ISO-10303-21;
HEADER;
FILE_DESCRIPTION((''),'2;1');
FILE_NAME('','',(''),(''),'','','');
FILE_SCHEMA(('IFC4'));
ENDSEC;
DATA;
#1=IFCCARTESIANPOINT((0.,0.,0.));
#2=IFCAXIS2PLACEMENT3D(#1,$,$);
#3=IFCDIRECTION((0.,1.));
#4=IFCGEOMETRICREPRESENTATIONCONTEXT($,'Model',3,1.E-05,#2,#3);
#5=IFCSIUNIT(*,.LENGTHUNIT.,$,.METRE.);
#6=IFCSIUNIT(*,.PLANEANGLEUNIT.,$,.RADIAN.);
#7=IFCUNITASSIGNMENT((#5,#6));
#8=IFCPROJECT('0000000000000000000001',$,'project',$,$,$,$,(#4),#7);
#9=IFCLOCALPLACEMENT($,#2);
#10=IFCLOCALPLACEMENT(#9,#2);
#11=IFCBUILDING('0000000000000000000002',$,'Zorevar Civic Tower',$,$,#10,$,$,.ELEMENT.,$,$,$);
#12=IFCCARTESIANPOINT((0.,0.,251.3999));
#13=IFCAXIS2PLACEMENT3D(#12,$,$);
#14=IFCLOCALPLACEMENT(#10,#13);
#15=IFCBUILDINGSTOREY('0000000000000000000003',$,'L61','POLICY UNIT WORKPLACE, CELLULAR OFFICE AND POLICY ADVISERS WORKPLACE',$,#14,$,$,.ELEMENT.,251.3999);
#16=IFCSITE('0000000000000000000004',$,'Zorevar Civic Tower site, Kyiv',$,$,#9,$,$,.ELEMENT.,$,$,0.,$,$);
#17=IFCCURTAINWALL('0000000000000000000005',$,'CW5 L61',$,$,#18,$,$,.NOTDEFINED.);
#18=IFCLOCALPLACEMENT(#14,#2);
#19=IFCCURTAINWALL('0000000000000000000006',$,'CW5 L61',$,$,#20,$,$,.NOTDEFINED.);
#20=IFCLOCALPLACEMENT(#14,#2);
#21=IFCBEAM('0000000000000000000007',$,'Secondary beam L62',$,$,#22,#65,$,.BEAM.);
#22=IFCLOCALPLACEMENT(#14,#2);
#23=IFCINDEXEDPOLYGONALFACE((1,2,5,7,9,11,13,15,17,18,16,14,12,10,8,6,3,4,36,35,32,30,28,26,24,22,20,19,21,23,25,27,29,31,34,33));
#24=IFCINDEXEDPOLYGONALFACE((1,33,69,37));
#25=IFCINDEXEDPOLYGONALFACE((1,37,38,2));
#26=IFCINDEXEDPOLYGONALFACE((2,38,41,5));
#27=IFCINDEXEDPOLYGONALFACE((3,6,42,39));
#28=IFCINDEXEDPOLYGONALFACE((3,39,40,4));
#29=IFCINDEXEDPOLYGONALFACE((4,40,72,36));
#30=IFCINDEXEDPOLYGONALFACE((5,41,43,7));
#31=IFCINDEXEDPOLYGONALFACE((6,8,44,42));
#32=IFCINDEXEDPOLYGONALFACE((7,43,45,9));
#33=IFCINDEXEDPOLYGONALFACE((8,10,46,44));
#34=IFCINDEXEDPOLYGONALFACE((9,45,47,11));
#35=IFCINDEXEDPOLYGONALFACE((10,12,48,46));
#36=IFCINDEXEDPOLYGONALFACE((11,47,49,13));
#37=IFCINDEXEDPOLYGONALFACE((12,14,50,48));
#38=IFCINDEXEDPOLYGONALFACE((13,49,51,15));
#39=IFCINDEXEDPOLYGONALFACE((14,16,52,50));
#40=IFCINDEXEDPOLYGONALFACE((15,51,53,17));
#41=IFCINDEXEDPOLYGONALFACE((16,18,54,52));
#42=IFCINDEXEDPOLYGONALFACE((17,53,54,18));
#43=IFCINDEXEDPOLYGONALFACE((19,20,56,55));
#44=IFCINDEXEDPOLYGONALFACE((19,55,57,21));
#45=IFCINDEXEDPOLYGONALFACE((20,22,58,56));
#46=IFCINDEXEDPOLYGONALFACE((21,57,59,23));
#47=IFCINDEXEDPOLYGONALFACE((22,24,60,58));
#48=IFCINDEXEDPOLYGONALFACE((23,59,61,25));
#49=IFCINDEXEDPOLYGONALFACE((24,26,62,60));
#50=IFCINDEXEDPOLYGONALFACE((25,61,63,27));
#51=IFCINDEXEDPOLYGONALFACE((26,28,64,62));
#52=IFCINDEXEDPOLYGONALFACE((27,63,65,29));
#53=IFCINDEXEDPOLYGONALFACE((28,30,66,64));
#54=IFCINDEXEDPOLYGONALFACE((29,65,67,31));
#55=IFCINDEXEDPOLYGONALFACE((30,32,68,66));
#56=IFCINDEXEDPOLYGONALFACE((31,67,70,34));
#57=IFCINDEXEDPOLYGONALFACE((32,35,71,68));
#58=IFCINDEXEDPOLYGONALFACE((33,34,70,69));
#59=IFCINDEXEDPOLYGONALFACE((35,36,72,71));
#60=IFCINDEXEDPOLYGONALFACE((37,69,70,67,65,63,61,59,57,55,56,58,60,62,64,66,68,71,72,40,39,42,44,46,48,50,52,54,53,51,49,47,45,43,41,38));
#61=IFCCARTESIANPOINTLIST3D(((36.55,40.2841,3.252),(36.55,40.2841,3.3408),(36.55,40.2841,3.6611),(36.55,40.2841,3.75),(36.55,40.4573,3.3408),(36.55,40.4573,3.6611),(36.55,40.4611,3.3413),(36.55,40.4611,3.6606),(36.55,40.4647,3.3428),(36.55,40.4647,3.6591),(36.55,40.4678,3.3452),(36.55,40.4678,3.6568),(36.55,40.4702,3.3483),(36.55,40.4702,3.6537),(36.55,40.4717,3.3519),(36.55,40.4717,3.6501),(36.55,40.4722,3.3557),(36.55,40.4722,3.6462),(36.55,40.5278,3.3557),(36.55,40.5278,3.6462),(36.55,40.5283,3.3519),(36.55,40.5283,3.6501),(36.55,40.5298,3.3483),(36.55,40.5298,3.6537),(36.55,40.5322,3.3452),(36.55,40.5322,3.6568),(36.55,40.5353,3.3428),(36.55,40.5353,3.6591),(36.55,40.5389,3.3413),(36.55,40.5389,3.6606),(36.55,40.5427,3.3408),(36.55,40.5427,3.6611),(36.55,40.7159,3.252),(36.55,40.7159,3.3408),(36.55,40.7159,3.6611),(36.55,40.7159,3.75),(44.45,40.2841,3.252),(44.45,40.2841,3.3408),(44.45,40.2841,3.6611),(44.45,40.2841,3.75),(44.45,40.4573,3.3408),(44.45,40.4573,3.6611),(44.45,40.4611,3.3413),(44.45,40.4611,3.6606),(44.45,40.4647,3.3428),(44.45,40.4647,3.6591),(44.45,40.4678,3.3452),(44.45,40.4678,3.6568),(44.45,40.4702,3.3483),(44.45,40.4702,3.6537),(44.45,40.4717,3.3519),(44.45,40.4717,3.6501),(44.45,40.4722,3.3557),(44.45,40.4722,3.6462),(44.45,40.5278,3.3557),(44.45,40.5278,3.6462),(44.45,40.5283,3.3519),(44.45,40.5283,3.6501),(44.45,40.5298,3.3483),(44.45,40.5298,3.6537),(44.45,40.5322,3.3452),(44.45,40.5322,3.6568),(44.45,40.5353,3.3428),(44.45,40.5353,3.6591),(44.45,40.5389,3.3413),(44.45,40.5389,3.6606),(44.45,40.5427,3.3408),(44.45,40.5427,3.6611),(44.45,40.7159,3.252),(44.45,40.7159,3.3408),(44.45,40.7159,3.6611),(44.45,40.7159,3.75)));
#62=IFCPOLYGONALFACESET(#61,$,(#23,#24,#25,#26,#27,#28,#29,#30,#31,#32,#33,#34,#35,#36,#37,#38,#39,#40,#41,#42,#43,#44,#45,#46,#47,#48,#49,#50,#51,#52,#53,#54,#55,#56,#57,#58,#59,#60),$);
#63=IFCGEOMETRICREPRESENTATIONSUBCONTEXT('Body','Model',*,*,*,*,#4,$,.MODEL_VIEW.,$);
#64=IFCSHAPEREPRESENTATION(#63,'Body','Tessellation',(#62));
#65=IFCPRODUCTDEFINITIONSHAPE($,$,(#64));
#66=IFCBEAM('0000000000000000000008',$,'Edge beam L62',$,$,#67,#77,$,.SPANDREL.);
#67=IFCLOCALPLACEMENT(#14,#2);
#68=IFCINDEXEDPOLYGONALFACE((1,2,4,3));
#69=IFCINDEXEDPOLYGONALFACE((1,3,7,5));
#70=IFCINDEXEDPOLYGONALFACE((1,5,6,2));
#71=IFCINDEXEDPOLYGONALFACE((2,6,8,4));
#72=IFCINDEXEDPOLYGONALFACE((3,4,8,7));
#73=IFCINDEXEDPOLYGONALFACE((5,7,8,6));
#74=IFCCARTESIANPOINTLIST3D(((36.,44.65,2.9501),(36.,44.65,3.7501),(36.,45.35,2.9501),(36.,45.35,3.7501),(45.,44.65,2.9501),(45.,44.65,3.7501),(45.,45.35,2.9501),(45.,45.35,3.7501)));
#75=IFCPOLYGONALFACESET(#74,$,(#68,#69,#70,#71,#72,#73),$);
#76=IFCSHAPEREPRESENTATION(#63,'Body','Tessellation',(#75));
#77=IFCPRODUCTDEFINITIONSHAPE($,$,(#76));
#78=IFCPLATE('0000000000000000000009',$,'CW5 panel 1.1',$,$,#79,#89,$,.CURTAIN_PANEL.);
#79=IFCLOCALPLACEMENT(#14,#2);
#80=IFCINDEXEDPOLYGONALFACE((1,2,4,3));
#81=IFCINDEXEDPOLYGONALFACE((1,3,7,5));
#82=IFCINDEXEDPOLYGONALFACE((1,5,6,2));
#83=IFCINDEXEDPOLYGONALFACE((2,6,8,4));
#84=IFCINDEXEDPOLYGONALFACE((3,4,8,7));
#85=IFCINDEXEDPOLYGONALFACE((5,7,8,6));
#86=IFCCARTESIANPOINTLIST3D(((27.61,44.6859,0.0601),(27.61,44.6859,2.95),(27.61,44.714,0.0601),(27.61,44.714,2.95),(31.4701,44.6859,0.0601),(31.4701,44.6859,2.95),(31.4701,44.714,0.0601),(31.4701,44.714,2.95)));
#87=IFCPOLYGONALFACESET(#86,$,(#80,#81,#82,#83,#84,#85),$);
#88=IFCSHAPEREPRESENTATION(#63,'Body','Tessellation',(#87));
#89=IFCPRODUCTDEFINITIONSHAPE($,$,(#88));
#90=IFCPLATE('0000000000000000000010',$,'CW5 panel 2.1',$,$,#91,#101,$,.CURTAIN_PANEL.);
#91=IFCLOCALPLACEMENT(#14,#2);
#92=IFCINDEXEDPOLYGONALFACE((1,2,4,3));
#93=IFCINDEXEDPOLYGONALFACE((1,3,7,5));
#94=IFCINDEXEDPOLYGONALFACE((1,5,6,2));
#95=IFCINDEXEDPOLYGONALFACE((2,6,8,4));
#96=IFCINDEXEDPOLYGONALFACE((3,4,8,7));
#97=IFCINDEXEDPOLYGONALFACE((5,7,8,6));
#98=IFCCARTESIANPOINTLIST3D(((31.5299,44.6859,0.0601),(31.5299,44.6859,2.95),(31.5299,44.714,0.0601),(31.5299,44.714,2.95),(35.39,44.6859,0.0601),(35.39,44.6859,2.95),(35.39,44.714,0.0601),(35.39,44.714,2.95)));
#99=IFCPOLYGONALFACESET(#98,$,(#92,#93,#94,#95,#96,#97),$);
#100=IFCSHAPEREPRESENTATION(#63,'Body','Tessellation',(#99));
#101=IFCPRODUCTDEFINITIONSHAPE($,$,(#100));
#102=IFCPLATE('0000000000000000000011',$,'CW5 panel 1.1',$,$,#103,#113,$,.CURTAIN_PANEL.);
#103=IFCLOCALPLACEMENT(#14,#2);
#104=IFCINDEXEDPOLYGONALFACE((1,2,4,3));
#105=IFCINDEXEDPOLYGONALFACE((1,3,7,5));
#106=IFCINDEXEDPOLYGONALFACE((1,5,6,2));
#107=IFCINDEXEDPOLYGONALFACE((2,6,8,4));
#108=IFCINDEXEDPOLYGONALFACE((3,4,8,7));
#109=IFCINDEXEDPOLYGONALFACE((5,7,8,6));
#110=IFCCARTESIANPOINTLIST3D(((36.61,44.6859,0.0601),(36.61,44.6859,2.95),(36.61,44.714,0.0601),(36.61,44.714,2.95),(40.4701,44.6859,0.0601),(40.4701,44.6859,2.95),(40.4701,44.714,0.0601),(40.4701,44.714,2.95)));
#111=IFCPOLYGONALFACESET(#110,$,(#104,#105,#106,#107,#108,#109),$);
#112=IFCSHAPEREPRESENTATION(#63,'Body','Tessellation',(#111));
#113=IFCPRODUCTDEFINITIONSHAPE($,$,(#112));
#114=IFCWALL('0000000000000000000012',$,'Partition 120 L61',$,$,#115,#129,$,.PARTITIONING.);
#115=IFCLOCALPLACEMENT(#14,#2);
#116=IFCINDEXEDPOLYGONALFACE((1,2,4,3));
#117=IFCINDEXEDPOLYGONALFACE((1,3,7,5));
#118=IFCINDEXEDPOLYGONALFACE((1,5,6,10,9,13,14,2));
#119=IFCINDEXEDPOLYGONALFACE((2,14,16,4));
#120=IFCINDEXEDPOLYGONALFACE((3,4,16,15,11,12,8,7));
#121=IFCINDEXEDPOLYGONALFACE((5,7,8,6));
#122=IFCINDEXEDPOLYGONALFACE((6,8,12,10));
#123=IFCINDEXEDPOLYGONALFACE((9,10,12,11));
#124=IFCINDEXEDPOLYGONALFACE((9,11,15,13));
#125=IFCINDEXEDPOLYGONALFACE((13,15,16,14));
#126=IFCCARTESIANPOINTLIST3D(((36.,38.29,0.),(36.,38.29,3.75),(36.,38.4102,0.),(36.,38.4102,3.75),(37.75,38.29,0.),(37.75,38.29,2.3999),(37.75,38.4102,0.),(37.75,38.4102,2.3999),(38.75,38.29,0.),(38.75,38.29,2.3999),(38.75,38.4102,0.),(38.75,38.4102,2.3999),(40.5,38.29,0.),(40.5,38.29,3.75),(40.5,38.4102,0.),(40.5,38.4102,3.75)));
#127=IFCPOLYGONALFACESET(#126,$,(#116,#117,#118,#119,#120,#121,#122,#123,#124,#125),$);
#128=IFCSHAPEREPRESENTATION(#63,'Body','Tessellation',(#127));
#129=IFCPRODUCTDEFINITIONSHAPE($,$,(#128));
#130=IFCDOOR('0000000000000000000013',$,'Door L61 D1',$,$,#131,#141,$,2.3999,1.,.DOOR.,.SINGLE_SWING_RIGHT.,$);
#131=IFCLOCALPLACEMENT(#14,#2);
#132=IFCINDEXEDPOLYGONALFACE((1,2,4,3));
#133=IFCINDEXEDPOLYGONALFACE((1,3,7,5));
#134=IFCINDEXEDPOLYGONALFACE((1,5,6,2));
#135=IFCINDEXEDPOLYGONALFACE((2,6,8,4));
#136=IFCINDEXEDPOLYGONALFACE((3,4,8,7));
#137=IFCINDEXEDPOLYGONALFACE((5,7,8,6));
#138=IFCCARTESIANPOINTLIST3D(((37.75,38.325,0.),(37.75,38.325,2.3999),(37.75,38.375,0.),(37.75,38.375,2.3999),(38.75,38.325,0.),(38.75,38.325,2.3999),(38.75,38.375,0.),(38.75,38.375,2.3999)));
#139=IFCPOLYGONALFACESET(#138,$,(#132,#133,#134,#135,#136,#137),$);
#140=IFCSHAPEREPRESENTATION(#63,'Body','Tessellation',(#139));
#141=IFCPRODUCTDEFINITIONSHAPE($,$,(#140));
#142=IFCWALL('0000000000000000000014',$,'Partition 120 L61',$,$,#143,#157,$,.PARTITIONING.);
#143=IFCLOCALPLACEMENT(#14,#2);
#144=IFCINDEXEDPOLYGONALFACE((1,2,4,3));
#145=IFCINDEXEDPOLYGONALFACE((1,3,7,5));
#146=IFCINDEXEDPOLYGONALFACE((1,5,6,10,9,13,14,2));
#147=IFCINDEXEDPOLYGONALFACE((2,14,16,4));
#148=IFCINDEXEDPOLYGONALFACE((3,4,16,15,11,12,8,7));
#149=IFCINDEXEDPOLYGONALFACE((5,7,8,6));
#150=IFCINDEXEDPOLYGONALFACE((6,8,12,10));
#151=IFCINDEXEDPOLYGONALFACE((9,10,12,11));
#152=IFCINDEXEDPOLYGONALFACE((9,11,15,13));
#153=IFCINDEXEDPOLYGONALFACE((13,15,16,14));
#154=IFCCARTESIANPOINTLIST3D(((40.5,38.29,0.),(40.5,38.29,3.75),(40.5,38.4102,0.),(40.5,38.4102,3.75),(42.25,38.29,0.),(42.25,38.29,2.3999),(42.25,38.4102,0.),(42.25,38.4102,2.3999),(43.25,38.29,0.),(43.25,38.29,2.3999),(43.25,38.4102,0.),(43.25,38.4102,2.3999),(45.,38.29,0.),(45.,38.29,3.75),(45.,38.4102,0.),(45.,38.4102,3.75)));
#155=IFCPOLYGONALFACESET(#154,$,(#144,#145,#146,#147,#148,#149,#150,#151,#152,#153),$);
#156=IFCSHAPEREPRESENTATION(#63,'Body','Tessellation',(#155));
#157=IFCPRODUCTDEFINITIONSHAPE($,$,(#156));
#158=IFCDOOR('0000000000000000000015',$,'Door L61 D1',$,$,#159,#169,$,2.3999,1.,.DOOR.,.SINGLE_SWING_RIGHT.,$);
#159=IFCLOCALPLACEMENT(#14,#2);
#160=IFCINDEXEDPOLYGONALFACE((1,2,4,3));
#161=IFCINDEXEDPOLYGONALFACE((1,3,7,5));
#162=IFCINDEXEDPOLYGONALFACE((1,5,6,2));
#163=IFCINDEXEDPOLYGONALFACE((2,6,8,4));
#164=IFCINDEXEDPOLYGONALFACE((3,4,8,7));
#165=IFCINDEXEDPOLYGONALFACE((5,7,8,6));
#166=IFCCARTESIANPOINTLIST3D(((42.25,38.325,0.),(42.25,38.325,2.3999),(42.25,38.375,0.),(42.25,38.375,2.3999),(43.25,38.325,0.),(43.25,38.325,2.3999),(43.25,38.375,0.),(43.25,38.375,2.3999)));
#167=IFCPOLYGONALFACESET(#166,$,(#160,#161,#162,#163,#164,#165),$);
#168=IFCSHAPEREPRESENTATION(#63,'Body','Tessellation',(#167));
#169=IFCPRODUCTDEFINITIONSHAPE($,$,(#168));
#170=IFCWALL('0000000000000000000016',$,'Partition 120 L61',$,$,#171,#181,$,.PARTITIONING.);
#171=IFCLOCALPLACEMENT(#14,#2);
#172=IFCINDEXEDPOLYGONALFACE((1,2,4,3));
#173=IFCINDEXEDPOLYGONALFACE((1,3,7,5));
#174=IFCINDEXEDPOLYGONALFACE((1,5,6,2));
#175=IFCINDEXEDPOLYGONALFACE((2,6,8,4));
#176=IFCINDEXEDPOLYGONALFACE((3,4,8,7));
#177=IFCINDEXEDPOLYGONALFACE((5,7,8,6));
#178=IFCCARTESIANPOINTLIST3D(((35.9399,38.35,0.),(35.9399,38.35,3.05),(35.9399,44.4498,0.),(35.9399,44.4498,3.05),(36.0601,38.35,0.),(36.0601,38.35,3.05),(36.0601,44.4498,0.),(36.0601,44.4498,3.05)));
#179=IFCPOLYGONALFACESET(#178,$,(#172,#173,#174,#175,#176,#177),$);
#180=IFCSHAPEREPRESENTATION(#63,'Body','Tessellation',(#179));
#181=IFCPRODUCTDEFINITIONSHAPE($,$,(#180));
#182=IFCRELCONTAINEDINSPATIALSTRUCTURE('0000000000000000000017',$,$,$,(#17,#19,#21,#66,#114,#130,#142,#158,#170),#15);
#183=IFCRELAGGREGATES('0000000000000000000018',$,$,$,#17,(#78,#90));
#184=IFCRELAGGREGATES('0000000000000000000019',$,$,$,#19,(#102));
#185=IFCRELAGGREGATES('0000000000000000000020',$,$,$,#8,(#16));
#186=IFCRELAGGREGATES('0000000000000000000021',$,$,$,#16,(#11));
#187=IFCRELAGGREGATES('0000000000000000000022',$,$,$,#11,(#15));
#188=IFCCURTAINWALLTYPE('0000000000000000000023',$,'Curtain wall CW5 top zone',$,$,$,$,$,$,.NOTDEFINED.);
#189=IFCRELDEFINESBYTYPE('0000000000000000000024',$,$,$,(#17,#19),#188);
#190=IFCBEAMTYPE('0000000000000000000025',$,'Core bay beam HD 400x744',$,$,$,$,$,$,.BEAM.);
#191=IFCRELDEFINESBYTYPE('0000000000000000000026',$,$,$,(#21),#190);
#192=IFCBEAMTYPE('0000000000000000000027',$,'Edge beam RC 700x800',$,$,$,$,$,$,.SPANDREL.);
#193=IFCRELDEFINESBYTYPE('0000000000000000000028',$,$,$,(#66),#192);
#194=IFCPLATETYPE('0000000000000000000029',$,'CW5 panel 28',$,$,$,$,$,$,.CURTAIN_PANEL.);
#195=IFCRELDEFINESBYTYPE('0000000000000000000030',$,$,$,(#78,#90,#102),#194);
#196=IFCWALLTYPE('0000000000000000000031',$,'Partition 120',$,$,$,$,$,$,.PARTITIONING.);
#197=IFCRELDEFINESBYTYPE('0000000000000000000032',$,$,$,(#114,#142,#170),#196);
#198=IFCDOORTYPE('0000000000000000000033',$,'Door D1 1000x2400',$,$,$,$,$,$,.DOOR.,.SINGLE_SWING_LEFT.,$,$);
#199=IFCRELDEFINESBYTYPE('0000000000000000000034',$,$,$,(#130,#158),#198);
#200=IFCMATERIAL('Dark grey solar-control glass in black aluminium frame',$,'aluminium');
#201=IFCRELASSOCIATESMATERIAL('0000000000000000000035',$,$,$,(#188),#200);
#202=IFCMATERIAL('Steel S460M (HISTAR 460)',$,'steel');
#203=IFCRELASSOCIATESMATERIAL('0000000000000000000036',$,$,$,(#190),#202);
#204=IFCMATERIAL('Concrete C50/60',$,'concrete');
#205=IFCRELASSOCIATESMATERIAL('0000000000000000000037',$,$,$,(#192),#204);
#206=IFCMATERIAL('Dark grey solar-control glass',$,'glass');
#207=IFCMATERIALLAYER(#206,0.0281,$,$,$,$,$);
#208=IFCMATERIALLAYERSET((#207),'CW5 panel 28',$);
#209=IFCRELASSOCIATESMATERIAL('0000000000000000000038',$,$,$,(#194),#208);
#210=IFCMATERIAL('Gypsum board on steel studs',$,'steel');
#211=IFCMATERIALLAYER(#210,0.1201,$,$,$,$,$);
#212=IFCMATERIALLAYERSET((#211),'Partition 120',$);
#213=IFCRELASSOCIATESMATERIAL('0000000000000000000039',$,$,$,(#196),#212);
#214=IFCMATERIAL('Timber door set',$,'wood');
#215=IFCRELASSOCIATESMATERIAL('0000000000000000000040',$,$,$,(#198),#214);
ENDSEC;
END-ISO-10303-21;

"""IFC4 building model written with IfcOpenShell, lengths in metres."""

from ifc_helpers import new_model, si_unit, direction, frame, frame_2d, origin, origin_2d, place, context, subcontext, project, spatial, rectangle, i_section, extrude, material, layer, layer_set, material_profile, profile_set, type_object, element, fill, aggregate, save


model = new_model("IFC4")

# Units and contexts
model_context = context("Model", 3, precision=1e-05, world=origin(), true_north=direction((0.0, 1.0)))
body_context = subcontext(model_context, "Body", "Model", "MODEL_VIEW")
ifc_project = project(units=[si_unit("LENGTHUNIT", "METRE"), si_unit("PLANEANGLEUNIT", "RADIAN")], contexts=[model_context])

# Site, building, storey
site_placement = place(None, origin())
site = spatial("IfcSite", under=ifc_project, at=site_placement, Name="Zorevar Civic Tower site, Kyiv", CompositionType="ELEMENT", RefElevation=0.0)
building_placement = place(site_placement, origin())
building = spatial("IfcBuilding", under=site, at=building_placement, Name="Zorevar Civic Tower", CompositionType="ELEMENT")
storey_placement = place(building_placement, frame((0.0, 0.0, 251.3999)))
storey = spatial("IfcBuildingStorey", under=building, at=storey_placement, Name="L61", Description="POLICY UNIT WORKPLACE, CELLULAR OFFICE AND POLICY ADVISERS WORKPLACE", CompositionType="ELEMENT", Elevation=251.3999)

# Curtain walls
ifc_material_1 = material(Name="Dark grey solar-control glass in black aluminium frame", Category="aluminium")
curtain_wall_type = type_object("IfcCurtainWallType", Name="Curtain wall CW5 top zone", PredefinedType="NOTDEFINED", material=ifc_material_1)
curtain_wall_1_placement = place(storey_placement, origin())
curtain_wall_1 = element("IfcCurtainWall", 1, at=curtain_wall_1_placement, inside=storey, type_object=curtain_wall_type, Name="CW5 L61", PredefinedType="NOTDEFINED")
curtain_wall_2_placement = place(storey_placement, origin())
curtain_wall_2 = element("IfcCurtainWall", 2, at=curtain_wall_2_placement, inside=storey, type_object=curtain_wall_type, Name="CW5 L61", PredefinedType="NOTDEFINED")

# Beams
ifc_material_2 = material(Name="Steel S460M (HISTAR 460)", Category="steel")
ifc_material_profile_1 = material_profile(ifc_material_2, i_section(OverallWidth=0.4319, OverallDepth=0.498, WebThickness=0.0557, FlangeThickness=0.0889, FilletRadius=0.0149, at=origin_2d()), Name="HD 400x744")
ifc_profile_set_1 = profile_set([ifc_material_profile_1], Name="Steel S460M (HISTAR 460)")
beam_type_1 = type_object("IfcBeamType", Name="Core bay beam HD 400x744", PredefinedType="BEAM", material=ifc_profile_set_1)
for number, where, z_axis, x_axis, name in (
    (3, (36.55, 40.5, 3.501), (1.0, 0.0, 0.0), (0.0, 1.0, 0.0), "Secondary beam L62"),
):
    element("IfcBeam", number, at=place(storey_placement, frame(where, z_axis=z_axis, x_axis=x_axis)), inside=storey, type_object=beam_type_1, Name=name, PredefinedType="BEAM", context=body_context, shape_type="SweptSolid", body=[
        extrude(i_section(OverallWidth=0.4319, OverallDepth=0.498, WebThickness=0.0557, FlangeThickness=0.0889, FilletRadius=0.0149, at=origin_2d()), origin(), (0.0, 0.0, 1.0), 7.8999),
    ])
ifc_material_3 = material(Name="Concrete C50/60", Category="concrete")
ifc_material_profile_2 = material_profile(ifc_material_3, rectangle(XDim=0.7, YDim=0.8, at=origin_2d()), Name="RC 700x800")
ifc_profile_set_2 = profile_set([ifc_material_profile_2], Name="Concrete C50/60")
beam_type_2 = type_object("IfcBeamType", Name="Edge beam RC 700x800", PredefinedType="SPANDREL", material=ifc_profile_set_2)
beam_placement = place(storey_placement, frame((36.0, 45.0, 3.3501), z_axis=(1.0, 0.0, 0.0), x_axis=(0.0, 1.0, 0.0)))
element("IfcBeam", 4, at=beam_placement, inside=storey, type_object=beam_type_2, Name="Edge beam L62", PredefinedType="SPANDREL", context=body_context, shape_type="SweptSolid", body=[
    extrude(rectangle(XDim=0.7, YDim=0.8, at=origin_2d()), origin(), (0.0, 0.0, 1.0), 9.0),
])

# Plates
ifc_material_4 = material(Name="Dark grey solar-control glass", Category="glass")
ifc_layer_1 = layer(ifc_material_4, 0.0281)
ifc_layer_set_1 = layer_set([ifc_layer_1], Name="CW5 panel 28")
plate_type = type_object("IfcPlateType", Name="CW5 panel 28", PredefinedType="CURTAIN_PANEL", material=ifc_layer_set_1)
plate_1_placement = place(storey_placement, frame((29.54, 44.7, 0.0601), z_axis=(0.0, 0.0, 1.0), x_axis=(1.0, 0.0, 0.0)))
plate_1 = element("IfcPlate", 5, at=plate_1_placement, type_object=plate_type, Name="CW5 panel 1.1", PredefinedType="CURTAIN_PANEL", context=body_context, shape_type="SweptSolid", body=[
    extrude(rectangle(XDim=3.8601, YDim=0.0281, at=origin_2d()), origin(), (0.0, 0.0, 1.0), 2.8899),
])
plate_2_placement = place(storey_placement, frame((33.46, 44.7, 0.0601), z_axis=(0.0, 0.0, 1.0), x_axis=(1.0, 0.0, 0.0)))
plate_2 = element("IfcPlate", 6, at=plate_2_placement, type_object=plate_type, Name="CW5 panel 2.1", PredefinedType="CURTAIN_PANEL", context=body_context, shape_type="SweptSolid", body=[
    extrude(rectangle(XDim=3.8601, YDim=0.0281, at=origin_2d()), origin(), (0.0, 0.0, 1.0), 2.8899),
])
aggregate(curtain_wall_1, [plate_1, plate_2])
plate_3_placement = place(storey_placement, frame((38.54, 44.7, 0.0601), z_axis=(0.0, 0.0, 1.0), x_axis=(1.0, 0.0, 0.0)))
plate_3 = element("IfcPlate", 7, at=plate_3_placement, type_object=plate_type, Name="CW5 panel 1.1", PredefinedType="CURTAIN_PANEL", context=body_context, shape_type="SweptSolid", body=[
    extrude(rectangle(XDim=3.8601, YDim=0.0281, at=origin_2d()), origin(), (0.0, 0.0, 1.0), 2.8899),
])
aggregate(curtain_wall_2, [plate_3])

# Walls, openings, doors
ifc_material_5 = material(Name="Gypsum board on steel studs", Category="steel")
ifc_layer_2 = layer(ifc_material_5, 0.1201)
ifc_layer_set_2 = layer_set([ifc_layer_2], Name="Partition 120")
wall_type = type_object("IfcWallType", Name="Partition 120", PredefinedType="PARTITIONING", material=ifc_layer_set_2)
wall_1_placement = place(storey_placement, frame((36.0, 38.3501, 0.0), z_axis=(0.0, 0.0, 1.0), x_axis=(1.0, 0.0, 0.0)))
wall_1 = element("IfcWall", 8, at=wall_1_placement, inside=storey, type_object=wall_type, Name="Partition 120 L61", PredefinedType="PARTITIONING", context=body_context, shape_type="SweptSolid", body=[
    extrude(rectangle(XDim=4.5, YDim=0.1201, at=frame_2d((2.25, 0.0))), origin(), (0.0, 0.0, 1.0), 3.75),
])
opening_1_placement = place(wall_1_placement, frame((1.75, 0.0, 0.0)))
opening_1 = element("IfcOpeningElement", 9, at=opening_1_placement, cuts=wall_1, PredefinedType="OPENING", context=body_context, shape_type="SweptSolid", body=[
    extrude(rectangle(XDim=1.0, YDim=2.3999, at=frame_2d((0.5, 1.2))), frame((0.0, 0.0701, 0.0), z_axis=(0.0, -1.0, 0.0), x_axis=(1.0, 0.0, 0.0)), (0.0, 0.0, 1.0), 0.1401),
])
ifc_material_6 = material(Name="Timber door set", Category="wood")
door_type = type_object("IfcDoorType", Name="Door D1 1000x2400", OperationType="SINGLE_SWING_LEFT", PredefinedType="DOOR", material=ifc_material_6)
door_1_placement = place(opening_1_placement, origin())
door_1 = element("IfcDoor", 10, at=door_1_placement, inside=storey, type_object=door_type, Name="Door L61 D1", OperationType="SINGLE_SWING_RIGHT", OverallHeight=2.3999, OverallWidth=1.0, PredefinedType="DOOR", context=body_context, shape_type="SweptSolid", body=[
    extrude(rectangle(XDim=1.0, YDim=2.3999, at=frame_2d((0.5, 1.2))), frame((0.0, 0.0249, 0.0), z_axis=(0.0, -1.0, 0.0), x_axis=(1.0, 0.0, 0.0)), (0.0, 0.0, 1.0), 0.05),
])
fill(opening_1, door_1)
wall_2_placement = place(storey_placement, frame((40.5, 38.3501, 0.0), z_axis=(0.0, 0.0, 1.0), x_axis=(1.0, 0.0, 0.0)))
wall_2 = element("IfcWall", 11, at=wall_2_placement, inside=storey, type_object=wall_type, Name="Partition 120 L61", PredefinedType="PARTITIONING", context=body_context, shape_type="SweptSolid", body=[
    extrude(rectangle(XDim=4.5, YDim=0.1201, at=frame_2d((2.25, 0.0))), origin(), (0.0, 0.0, 1.0), 3.75),
])
opening_2_placement = place(wall_2_placement, frame((1.75, 0.0, 0.0)))
opening_2 = element("IfcOpeningElement", 12, at=opening_2_placement, cuts=wall_2, PredefinedType="OPENING", context=body_context, shape_type="SweptSolid", body=[
    extrude(rectangle(XDim=1.0, YDim=2.3999, at=frame_2d((0.5, 1.2))), frame((0.0, 0.0701, 0.0), z_axis=(0.0, -1.0, 0.0), x_axis=(1.0, 0.0, 0.0)), (0.0, 0.0, 1.0), 0.1401),
])
door_2_placement = place(opening_2_placement, origin())
door_2 = element("IfcDoor", 13, at=door_2_placement, inside=storey, type_object=door_type, Name="Door L61 D1", OperationType="SINGLE_SWING_RIGHT", OverallHeight=2.3999, OverallWidth=1.0, PredefinedType="DOOR", context=body_context, shape_type="SweptSolid", body=[
    extrude(rectangle(XDim=1.0, YDim=2.3999, at=frame_2d((0.5, 1.2))), frame((0.0, 0.0249, 0.0), z_axis=(0.0, -1.0, 0.0), x_axis=(1.0, 0.0, 0.0)), (0.0, 0.0, 1.0), 0.05),
])
fill(opening_2, door_2)

# Wall
wall_3_placement = place(storey_placement, frame((36.0, 38.3501, 0.0), z_axis=(0.0, 0.0, 1.0), x_axis=(0.0, 1.0, 0.0)))
element("IfcWall", 14, at=wall_3_placement, inside=storey, type_object=wall_type, Name="Partition 120 L61", PredefinedType="PARTITIONING", context=body_context, shape_type="SweptSolid", body=[
    extrude(rectangle(XDim=6.0999, YDim=0.1201, at=frame_2d((3.0498, 0.0))), origin(), (0.0, 0.0, 1.0), 3.05),
])

save(model, "model.ifc")
